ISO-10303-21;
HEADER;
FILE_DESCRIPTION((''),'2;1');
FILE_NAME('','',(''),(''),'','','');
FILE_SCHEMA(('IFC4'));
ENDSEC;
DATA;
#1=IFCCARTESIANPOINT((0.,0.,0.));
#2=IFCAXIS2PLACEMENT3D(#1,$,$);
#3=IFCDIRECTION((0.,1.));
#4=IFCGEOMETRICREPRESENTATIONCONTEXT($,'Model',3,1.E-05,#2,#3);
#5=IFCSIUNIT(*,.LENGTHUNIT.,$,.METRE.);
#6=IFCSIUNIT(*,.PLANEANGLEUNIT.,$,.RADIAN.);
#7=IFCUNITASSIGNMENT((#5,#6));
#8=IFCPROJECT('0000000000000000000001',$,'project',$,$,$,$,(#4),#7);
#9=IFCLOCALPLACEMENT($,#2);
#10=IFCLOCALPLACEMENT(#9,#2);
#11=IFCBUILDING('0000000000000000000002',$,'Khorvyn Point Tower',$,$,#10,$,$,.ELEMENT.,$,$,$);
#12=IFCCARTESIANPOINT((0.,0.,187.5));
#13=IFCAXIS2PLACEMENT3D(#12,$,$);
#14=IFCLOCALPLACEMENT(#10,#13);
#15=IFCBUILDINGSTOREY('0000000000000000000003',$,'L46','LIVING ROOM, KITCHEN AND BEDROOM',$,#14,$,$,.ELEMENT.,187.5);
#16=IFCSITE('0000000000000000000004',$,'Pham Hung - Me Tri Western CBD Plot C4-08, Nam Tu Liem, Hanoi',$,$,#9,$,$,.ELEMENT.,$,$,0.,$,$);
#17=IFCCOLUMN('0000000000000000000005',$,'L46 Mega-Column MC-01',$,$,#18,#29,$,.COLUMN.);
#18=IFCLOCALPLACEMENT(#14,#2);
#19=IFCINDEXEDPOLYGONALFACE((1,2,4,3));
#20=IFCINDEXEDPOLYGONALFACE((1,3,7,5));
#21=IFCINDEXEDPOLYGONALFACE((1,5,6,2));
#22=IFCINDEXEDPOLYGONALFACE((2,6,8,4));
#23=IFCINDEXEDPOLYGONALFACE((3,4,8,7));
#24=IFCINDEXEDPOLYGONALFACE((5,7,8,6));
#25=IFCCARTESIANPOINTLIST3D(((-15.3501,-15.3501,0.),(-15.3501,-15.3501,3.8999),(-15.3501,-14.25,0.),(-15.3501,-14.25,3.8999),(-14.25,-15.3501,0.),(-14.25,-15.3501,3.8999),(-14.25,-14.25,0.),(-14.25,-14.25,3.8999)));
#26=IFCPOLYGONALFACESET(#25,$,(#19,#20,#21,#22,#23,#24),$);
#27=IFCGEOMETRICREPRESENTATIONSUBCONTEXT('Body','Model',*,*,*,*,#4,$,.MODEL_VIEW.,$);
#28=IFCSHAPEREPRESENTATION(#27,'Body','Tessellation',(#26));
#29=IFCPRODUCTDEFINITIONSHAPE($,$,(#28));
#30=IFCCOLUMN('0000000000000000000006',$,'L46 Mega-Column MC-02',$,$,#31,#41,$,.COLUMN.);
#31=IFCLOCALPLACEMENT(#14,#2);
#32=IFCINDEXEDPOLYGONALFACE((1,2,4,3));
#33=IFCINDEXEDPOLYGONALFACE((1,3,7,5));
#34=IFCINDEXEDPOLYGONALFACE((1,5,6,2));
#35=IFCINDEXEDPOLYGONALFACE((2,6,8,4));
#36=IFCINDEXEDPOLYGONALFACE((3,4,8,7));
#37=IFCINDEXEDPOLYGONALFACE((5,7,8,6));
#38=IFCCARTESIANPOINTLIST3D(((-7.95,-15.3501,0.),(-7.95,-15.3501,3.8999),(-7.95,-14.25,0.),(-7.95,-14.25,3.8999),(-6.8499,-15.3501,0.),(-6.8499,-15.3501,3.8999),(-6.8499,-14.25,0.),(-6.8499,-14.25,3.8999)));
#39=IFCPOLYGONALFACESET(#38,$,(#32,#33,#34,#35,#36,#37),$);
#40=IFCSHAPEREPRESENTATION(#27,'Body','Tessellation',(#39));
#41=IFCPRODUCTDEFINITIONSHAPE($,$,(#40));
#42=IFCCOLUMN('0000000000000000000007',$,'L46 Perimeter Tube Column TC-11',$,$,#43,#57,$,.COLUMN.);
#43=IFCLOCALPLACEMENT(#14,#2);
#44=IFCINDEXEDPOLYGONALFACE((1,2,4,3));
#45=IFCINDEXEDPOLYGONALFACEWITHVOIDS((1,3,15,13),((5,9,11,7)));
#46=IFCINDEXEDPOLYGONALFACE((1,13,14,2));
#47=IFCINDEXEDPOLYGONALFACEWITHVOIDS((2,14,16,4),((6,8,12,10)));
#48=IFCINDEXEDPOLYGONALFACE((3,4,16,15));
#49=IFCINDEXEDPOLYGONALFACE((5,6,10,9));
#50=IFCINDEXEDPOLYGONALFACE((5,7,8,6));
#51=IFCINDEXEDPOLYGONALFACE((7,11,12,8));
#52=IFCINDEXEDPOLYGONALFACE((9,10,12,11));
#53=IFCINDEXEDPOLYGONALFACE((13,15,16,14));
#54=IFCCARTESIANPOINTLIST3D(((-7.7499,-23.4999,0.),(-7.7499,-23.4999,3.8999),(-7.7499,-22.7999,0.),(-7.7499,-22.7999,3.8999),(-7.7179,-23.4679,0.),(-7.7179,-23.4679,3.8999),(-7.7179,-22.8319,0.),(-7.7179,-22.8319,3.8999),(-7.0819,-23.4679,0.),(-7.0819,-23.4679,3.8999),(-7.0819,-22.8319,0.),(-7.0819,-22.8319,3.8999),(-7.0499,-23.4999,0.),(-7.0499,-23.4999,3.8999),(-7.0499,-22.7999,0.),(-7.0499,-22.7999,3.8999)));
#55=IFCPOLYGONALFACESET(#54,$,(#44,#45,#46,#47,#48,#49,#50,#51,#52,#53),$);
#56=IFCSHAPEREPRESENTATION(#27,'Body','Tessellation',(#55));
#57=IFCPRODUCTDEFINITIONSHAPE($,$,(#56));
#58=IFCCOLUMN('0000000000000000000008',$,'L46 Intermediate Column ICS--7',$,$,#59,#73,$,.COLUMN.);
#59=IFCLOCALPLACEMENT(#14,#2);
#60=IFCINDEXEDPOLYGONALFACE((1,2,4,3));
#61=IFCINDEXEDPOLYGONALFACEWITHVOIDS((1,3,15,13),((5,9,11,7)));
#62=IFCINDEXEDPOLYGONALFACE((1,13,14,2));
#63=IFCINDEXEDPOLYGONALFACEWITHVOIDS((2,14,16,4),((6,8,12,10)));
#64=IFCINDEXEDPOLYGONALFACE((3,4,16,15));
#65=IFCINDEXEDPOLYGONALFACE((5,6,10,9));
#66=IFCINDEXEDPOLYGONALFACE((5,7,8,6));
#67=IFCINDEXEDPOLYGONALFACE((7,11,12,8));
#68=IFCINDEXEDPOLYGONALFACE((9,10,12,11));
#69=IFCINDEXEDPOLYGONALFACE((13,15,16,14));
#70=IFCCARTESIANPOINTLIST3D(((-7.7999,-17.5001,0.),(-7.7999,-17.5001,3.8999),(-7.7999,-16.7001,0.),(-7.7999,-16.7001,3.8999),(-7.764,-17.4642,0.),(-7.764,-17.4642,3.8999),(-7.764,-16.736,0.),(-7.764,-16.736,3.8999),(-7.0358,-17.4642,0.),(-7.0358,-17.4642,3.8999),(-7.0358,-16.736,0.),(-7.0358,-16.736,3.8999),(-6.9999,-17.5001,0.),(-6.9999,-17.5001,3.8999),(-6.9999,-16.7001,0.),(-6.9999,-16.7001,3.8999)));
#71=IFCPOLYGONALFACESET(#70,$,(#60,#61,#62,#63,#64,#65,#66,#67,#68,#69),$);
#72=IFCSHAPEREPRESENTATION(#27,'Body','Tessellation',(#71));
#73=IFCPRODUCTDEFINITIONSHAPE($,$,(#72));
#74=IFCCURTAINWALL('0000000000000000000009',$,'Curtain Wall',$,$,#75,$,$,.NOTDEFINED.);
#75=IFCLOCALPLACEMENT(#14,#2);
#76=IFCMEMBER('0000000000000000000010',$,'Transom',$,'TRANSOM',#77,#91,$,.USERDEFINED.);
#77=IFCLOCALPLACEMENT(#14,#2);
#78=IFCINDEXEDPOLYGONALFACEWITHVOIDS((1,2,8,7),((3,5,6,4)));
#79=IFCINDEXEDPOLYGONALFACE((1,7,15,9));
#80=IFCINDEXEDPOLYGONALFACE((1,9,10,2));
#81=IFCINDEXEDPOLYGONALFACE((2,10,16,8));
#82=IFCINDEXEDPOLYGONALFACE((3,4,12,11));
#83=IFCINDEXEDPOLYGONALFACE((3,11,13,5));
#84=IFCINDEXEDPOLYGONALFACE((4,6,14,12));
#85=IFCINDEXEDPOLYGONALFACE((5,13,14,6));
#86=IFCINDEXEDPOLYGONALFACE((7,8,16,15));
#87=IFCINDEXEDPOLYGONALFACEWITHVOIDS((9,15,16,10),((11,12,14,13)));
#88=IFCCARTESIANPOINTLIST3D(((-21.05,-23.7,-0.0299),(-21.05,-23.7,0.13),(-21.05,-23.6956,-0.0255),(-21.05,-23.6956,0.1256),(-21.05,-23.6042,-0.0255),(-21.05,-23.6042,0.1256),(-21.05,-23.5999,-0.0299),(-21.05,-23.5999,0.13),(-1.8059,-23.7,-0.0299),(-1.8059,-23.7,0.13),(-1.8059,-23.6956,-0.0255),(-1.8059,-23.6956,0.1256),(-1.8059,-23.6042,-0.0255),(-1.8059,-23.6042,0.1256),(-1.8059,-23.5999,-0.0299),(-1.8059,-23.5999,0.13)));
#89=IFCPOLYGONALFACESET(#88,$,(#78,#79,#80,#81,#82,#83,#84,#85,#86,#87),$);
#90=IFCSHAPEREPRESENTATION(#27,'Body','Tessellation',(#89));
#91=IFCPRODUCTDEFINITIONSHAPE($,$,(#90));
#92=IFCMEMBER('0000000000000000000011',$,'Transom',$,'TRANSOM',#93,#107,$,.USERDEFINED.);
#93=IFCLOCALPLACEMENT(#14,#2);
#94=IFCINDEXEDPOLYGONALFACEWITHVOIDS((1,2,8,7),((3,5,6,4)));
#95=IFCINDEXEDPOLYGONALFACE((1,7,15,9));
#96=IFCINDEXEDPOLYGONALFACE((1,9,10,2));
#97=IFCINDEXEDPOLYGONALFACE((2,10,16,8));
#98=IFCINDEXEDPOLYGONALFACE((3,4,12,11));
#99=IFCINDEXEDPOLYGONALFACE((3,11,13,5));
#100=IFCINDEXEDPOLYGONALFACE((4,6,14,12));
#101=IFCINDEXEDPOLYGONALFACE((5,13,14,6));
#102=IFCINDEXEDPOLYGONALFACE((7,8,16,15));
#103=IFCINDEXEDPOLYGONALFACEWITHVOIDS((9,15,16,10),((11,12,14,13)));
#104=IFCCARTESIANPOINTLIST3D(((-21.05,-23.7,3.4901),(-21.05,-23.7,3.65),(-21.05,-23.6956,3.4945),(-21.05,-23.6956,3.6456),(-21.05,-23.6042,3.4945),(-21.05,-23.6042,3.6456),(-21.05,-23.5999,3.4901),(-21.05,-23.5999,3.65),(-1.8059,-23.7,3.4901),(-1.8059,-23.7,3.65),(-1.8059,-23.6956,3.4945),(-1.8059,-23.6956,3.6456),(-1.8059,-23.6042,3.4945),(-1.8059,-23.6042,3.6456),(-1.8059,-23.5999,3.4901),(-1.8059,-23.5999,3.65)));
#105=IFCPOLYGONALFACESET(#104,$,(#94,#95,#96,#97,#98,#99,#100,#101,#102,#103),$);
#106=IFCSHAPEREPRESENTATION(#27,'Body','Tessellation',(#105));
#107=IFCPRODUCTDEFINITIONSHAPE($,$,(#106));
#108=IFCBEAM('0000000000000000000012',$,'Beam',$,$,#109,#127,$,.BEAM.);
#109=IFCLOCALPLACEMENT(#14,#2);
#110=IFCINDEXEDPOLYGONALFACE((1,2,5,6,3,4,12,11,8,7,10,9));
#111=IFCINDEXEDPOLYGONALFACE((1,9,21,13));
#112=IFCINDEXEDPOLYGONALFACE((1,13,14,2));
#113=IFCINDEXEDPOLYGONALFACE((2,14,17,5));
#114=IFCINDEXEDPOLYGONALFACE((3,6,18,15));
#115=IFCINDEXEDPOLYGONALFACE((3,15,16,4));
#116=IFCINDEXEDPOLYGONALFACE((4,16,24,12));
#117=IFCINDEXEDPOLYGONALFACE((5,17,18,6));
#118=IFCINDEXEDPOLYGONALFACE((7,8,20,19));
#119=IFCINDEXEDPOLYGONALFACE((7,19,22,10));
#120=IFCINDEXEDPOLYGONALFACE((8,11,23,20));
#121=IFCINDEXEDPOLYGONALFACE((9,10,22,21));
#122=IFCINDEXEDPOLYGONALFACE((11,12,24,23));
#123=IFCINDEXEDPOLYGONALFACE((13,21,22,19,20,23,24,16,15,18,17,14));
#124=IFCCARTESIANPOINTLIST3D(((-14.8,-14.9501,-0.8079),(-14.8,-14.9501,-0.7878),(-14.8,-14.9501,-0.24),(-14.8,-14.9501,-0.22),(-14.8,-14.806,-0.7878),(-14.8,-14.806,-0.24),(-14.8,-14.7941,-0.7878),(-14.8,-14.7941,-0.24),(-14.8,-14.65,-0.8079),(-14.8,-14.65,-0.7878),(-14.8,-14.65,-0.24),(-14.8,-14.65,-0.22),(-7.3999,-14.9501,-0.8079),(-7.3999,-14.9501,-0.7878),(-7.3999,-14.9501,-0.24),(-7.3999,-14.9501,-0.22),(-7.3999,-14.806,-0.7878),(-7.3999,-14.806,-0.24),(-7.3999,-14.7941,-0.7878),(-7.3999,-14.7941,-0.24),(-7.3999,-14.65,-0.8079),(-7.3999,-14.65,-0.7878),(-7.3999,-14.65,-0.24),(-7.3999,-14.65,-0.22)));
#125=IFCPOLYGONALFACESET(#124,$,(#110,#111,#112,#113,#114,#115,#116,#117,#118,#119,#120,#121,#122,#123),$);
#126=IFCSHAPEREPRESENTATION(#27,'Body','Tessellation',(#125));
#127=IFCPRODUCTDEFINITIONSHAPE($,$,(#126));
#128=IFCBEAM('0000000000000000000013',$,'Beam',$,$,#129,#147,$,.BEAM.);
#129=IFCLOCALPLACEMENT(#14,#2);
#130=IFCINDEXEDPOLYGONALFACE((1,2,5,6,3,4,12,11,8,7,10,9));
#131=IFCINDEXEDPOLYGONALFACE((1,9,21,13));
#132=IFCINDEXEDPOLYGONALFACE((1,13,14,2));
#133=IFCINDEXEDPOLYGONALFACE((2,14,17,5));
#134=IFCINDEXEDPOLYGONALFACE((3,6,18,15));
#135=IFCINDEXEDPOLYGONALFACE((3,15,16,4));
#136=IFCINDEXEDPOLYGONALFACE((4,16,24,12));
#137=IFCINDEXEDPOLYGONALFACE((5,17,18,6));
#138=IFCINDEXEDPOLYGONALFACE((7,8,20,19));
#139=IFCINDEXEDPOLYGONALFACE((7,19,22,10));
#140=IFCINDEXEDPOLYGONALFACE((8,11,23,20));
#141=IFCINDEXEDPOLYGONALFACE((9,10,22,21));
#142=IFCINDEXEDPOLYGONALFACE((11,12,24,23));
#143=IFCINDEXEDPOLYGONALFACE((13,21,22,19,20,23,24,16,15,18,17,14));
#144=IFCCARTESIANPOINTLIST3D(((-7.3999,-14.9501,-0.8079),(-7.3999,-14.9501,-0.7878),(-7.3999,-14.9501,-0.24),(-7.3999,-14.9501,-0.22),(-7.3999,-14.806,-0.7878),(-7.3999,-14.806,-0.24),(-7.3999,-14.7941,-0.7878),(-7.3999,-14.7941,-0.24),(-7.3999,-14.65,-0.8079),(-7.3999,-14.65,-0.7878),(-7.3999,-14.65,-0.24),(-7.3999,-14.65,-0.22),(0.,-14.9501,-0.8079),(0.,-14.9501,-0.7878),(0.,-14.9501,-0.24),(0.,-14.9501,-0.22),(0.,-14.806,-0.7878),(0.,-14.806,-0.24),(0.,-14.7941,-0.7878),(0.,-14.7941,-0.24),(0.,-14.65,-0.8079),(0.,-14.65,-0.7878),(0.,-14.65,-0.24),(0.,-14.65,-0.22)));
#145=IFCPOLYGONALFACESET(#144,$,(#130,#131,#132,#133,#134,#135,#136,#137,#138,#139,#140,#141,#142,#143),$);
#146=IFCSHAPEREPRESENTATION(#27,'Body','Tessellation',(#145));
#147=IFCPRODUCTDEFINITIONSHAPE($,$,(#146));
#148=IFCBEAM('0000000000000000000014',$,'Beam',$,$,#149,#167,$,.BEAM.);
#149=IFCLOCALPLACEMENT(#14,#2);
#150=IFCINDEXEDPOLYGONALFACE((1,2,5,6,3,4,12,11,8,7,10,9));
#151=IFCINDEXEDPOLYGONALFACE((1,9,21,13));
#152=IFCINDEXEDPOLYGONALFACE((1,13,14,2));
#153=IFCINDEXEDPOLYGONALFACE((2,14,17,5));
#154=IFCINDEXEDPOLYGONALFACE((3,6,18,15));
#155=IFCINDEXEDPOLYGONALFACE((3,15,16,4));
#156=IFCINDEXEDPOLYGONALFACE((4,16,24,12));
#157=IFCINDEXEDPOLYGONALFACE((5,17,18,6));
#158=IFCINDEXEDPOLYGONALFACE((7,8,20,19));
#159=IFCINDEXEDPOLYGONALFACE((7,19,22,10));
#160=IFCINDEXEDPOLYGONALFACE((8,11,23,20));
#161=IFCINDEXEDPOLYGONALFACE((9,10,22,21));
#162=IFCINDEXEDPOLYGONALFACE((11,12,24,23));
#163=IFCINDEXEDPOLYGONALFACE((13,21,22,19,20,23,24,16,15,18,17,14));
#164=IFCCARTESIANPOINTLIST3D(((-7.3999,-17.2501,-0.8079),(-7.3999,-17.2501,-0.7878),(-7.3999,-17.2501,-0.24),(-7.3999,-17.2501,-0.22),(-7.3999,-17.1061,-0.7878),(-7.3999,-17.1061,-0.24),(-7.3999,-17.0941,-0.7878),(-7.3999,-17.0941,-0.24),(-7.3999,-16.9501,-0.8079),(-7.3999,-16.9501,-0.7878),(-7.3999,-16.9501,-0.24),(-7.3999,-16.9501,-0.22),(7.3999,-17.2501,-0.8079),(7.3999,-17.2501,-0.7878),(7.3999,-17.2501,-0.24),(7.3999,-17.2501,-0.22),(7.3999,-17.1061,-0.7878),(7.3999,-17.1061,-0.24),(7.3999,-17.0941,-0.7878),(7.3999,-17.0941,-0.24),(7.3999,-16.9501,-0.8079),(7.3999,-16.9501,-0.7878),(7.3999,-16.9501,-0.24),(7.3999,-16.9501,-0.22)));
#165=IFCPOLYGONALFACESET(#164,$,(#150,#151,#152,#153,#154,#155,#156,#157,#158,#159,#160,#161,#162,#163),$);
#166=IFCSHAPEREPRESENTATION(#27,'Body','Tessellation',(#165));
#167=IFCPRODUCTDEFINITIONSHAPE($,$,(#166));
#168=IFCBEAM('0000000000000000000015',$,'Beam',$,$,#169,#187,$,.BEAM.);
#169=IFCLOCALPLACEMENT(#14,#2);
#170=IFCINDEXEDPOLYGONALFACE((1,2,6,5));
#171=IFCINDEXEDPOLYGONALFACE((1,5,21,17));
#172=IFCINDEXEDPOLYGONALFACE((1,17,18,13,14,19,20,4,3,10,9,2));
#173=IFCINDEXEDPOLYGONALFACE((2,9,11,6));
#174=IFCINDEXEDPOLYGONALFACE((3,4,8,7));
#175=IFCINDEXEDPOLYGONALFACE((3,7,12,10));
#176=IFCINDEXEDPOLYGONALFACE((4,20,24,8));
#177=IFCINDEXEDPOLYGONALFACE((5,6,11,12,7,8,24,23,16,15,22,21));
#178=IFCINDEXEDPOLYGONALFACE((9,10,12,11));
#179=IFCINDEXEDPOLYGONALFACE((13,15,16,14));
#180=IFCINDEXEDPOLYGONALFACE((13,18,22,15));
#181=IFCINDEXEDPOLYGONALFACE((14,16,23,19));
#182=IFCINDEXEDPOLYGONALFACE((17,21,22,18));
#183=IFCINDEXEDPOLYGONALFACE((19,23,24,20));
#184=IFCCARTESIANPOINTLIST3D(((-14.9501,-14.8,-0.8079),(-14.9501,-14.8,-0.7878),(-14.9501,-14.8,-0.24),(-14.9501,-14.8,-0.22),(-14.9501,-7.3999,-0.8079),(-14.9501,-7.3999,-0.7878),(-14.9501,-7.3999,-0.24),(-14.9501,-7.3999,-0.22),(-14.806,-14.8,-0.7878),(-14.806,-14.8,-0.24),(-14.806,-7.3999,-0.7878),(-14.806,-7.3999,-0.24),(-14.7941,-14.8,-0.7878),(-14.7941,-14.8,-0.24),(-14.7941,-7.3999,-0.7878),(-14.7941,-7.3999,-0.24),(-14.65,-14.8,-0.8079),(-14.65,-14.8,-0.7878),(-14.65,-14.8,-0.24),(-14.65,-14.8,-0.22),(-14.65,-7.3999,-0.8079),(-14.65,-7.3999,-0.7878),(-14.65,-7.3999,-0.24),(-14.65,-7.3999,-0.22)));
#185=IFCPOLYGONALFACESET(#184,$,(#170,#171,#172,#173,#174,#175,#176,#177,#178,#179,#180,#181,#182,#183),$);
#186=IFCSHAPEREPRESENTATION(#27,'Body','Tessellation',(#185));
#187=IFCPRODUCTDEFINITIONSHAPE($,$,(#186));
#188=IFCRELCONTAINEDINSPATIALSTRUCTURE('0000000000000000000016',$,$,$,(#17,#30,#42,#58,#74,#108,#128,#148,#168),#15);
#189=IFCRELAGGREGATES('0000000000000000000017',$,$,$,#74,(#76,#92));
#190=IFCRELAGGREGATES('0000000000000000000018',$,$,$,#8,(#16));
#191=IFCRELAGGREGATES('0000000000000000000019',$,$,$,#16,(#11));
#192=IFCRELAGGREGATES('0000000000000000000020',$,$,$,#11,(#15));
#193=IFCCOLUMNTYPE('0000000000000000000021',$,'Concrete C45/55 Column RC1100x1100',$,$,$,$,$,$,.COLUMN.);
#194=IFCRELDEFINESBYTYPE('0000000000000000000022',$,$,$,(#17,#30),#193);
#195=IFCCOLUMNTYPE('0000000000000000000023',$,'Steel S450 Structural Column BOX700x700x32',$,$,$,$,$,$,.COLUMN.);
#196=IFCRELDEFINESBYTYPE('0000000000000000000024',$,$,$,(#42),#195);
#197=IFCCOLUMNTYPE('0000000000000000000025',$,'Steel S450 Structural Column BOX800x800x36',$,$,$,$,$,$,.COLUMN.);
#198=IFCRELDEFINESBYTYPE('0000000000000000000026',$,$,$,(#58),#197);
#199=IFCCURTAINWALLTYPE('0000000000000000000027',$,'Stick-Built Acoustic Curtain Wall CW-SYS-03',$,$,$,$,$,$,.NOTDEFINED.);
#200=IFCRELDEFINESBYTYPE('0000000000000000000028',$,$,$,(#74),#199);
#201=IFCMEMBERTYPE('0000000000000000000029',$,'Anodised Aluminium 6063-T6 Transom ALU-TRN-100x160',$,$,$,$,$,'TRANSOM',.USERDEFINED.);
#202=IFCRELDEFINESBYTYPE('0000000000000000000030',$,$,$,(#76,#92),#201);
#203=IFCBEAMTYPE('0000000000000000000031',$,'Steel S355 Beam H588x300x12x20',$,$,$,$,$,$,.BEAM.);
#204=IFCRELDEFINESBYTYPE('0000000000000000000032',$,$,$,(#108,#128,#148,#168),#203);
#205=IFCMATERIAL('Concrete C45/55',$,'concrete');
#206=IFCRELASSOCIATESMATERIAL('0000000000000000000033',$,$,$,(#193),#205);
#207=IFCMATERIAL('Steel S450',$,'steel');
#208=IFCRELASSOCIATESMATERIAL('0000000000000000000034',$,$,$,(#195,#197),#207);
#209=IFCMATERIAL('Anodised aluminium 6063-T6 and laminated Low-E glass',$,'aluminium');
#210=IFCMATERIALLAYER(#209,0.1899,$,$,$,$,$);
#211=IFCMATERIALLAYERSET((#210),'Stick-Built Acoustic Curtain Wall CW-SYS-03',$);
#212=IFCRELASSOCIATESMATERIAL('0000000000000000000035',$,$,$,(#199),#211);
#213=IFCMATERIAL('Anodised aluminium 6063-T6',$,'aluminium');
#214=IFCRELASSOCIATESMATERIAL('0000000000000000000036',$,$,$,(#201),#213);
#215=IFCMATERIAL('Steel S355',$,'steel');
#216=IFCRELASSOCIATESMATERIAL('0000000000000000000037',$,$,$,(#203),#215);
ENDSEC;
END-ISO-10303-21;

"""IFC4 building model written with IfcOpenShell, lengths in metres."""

from ifc_helpers import new_model, si_unit, direction, frame, origin, origin_2d, place, context, subcontext, project, spatial, rectangle, hollow_rectangle, i_section, extrude, material, layer, layer_set, material_profile, profile_set, type_object, element, aggregate, save


model = new_model("IFC4")

# Units and contexts
model_context = context("Model", 3, precision=1e-05, world=origin(), true_north=direction((0.0, 1.0)))
body_context = subcontext(model_context, "Body", "Model", "MODEL_VIEW")
ifc_project = project(units=[si_unit("LENGTHUNIT", "METRE"), si_unit("PLANEANGLEUNIT", "RADIAN")], contexts=[model_context])

# Site, building, storey
site_placement = place(None, origin())
site = spatial("IfcSite", under=ifc_project, at=site_placement, Name="Pham Hung - Me Tri Western CBD Plot C4-08, Nam Tu Liem, Hanoi", CompositionType="ELEMENT", RefElevation=0.0)
building_placement = place(site_placement, origin())
building = spatial("IfcBuilding", under=site, at=building_placement, Name="Khorvyn Point Tower", CompositionType="ELEMENT")
storey_placement = place(building_placement, frame((0.0, 0.0, 187.5)))
storey = spatial("IfcBuildingStorey", under=building, at=storey_placement, Name="L46", Description="LIVING ROOM, KITCHEN AND BEDROOM", CompositionType="ELEMENT", Elevation=187.5)

# Columns
ifc_material_1 = material(Name="Concrete C45/55", Category="concrete")
ifc_material_profile_1 = material_profile(ifc_material_1, rectangle(XDim=1.1001, YDim=1.1001, at=origin_2d()))
ifc_profile_set_1 = profile_set([ifc_material_profile_1], Name="Concrete C45/55 RC1100x1100")
column_type_1 = type_object("IfcColumnType", Name="Concrete C45/55 Column RC1100x1100", PredefinedType="COLUMN", material=ifc_profile_set_1)
for number, where, z_axis, x_axis, name in (
    (1, (-14.8, -14.8, 0.0), (0.0, 0.0, 1.0), (1.0, 0.0, 0.0), "L46 Mega-Column MC-01"),
    (2, (-7.3999, -14.8, 0.0), (0.0, 0.0, 1.0), (1.0, 0.0, 0.0), "L46 Mega-Column MC-02"),
):
    element("IfcColumn", number, at=place(storey_placement, frame(where, z_axis=z_axis, x_axis=x_axis)), inside=storey, type_object=column_type_1, Name=name, PredefinedType="COLUMN", context=body_context, shape_type="SweptSolid", body=[
        extrude(rectangle(XDim=1.1001, YDim=1.1001, at=origin_2d()), origin(), (0.0, 0.0, 1.0), 3.8999),
    ])
ifc_material_2 = material(Name="Steel S450", Category="steel")
ifc_material_profile_2 = material_profile(ifc_material_2, hollow_rectangle(XDim=0.7, YDim=0.7, WallThickness=0.032, at=origin_2d()))
ifc_profile_set_2 = profile_set([ifc_material_profile_2], Name="Steel S450 BOX700x700x32")
column_type_2 = type_object("IfcColumnType", Name="Steel S450 Structural Column BOX700x700x32", PredefinedType="COLUMN", material=ifc_profile_set_2)
column_1_placement = place(storey_placement, frame((-7.3999, -23.1499, 0.0), z_axis=(0.0, 0.0, 1.0), x_axis=(1.0, 0.0, 0.0)))
element("IfcColumn", 3, at=column_1_placement, inside=storey, type_object=column_type_2, Name="L46 Perimeter Tube Column TC-11", PredefinedType="COLUMN", context=body_context, shape_type="SweptSolid", body=[
    extrude(hollow_rectangle(XDim=0.7, YDim=0.7, WallThickness=0.032, at=origin_2d()), origin(), (0.0, 0.0, 1.0), 3.8999),
])
ifc_material_profile_3 = material_profile(ifc_material_2, hollow_rectangle(XDim=0.8, YDim=0.8, WallThickness=0.0359, at=origin_2d()))
ifc_profile_set_3 = profile_set([ifc_material_profile_3], Name="Steel S450 BOX800x800x36")
column_type_3 = type_object("IfcColumnType", Name="Steel S450 Structural Column BOX800x800x36", PredefinedType="COLUMN", material=ifc_profile_set_3)
column_2_placement = place(storey_placement, frame((-7.3999, -17.1001, 0.0), z_axis=(0.0, 0.0, 1.0), x_axis=(1.0, 0.0, 0.0)))
element("IfcColumn", 4, at=column_2_placement, inside=storey, type_object=column_type_3, Name="L46 Intermediate Column ICS--7", PredefinedType="COLUMN", context=body_context, shape_type="SweptSolid", body=[
    extrude(hollow_rectangle(XDim=0.8, YDim=0.8, WallThickness=0.0359, at=origin_2d()), origin(), (0.0, 0.0, 1.0), 3.8999),
])

# Curtain wall, members
ifc_material_3 = material(Name="Anodised aluminium 6063-T6 and laminated Low-E glass", Category="aluminium")
ifc_layer_1 = layer(ifc_material_3, 0.1899)
ifc_layer_set_1 = layer_set([ifc_layer_1], Name="Stick-Built Acoustic Curtain Wall CW-SYS-03")
curtain_wall_type = type_object("IfcCurtainWallType", Name="Stick-Built Acoustic Curtain Wall CW-SYS-03", PredefinedType="NOTDEFINED", material=ifc_layer_set_1)
curtain_wall_placement = place(storey_placement, origin())
curtain_wall = element("IfcCurtainWall", 5, at=curtain_wall_placement, inside=storey, type_object=curtain_wall_type, Name="Curtain Wall", PredefinedType="NOTDEFINED")
ifc_material_4 = material(Name="Anodised aluminium 6063-T6", Category="aluminium")
ifc_material_profile_4 = material_profile(ifc_material_4, hollow_rectangle(XDim=0.1001, YDim=0.1599, WallThickness=0.0044, at=origin_2d()))
ifc_profile_set_4 = profile_set([ifc_material_profile_4], Name="Anodised aluminium 6063-T6 ALU-TRN-100x160")
member_type = type_object("IfcMemberType", Name="Anodised Aluminium 6063-T6 Transom ALU-TRN-100x160", ElementType="TRANSOM", PredefinedType="USERDEFINED", material=ifc_profile_set_4)
member_1_placement = place(storey_placement, frame((-1.8059, -23.6499, 0.05), z_axis=(-1.0, 0.0, 0.0), x_axis=(0.0, -1.0, 0.0)))
member_1 = element("IfcMember", 6, at=member_1_placement, type_object=member_type, Name="Transom", ObjectType="TRANSOM", PredefinedType="USERDEFINED", context=body_context, shape_type="SweptSolid", body=[
    extrude(hollow_rectangle(XDim=0.1001, YDim=0.1599, WallThickness=0.0044, at=origin_2d()), origin(), (0.0, 0.0, 1.0), 19.2441),
])
member_2_placement = place(storey_placement, frame((-1.8059, -23.6499, 3.5701), z_axis=(-1.0, 0.0, 0.0), x_axis=(0.0, -1.0, 0.0)))
member_2 = element("IfcMember", 7, at=member_2_placement, type_object=member_type, Name="Transom", ObjectType="TRANSOM", PredefinedType="USERDEFINED", context=body_context, shape_type="SweptSolid", body=[
    extrude(hollow_rectangle(XDim=0.1001, YDim=0.1599, WallThickness=0.0044, at=origin_2d()), origin(), (0.0, 0.0, 1.0), 19.2441),
])

# Beams
ifc_material_5 = material(Name="Steel S355", Category="steel")
ifc_material_profile_5 = material_profile(ifc_material_5, i_section(OverallWidth=0.3, OverallDepth=0.5879, WebThickness=0.012, FlangeThickness=0.02, at=origin_2d()))
ifc_profile_set_5 = profile_set([ifc_material_profile_5], Name="Steel S355 H588x300x12x20")
beam_type_1 = type_object("IfcBeamType", Name="Steel S355 Beam H588x300x12x20", PredefinedType="BEAM", material=ifc_profile_set_5)
beam_1_placement = place(storey_placement, frame((-14.8, -14.8, -0.5139), z_axis=(1.0, 0.0, 0.0), x_axis=(0.0, 1.0, 0.0)))
element("IfcBeam", 8, at=beam_1_placement, inside=storey, type_object=beam_type_1, Name="Beam", PredefinedType="BEAM", context=body_context, shape_type="SweptSolid", body=[
    extrude(i_section(OverallWidth=0.3, OverallDepth=0.5879, WebThickness=0.012, FlangeThickness=0.02, at=origin_2d()), origin(), (0.0, 0.0, 1.0), 7.4001),
])
beam_2_placement = place(storey_placement, frame((-7.3999, -14.8, -0.5139), z_axis=(1.0, 0.0, 0.0), x_axis=(0.0, 1.0, 0.0)))
element("IfcBeam", 9, at=beam_2_placement, inside=storey, type_object=beam_type_1, Name="Beam", PredefinedType="BEAM", context=body_context, shape_type="SweptSolid", body=[
    extrude(i_section(OverallWidth=0.3, OverallDepth=0.5879, WebThickness=0.012, FlangeThickness=0.02, at=origin_2d()), origin(), (0.0, 0.0, 1.0), 7.3999),
])
beam_3_placement = place(storey_placement, frame((-7.3999, -17.1001, -0.5139), z_axis=(1.0, 0.0, 0.0), x_axis=(0.0, 1.0, 0.0)))
element("IfcBeam", 10, at=beam_3_placement, inside=storey, type_object=beam_type_1, Name="Beam", PredefinedType="BEAM", context=body_context, shape_type="SweptSolid", body=[
    extrude(i_section(OverallWidth=0.3, OverallDepth=0.5879, WebThickness=0.012, FlangeThickness=0.02, at=origin_2d()), origin(), (0.0, 0.0, 1.0), 14.7998),
])
beam_4_placement = place(storey_placement, frame((-14.8, -14.8, -0.5139), z_axis=(0.0, 1.0, 0.0), x_axis=(-1.0, 0.0, 0.0)))
element("IfcBeam", 11, at=beam_4_placement, inside=storey, type_object=beam_type_1, Name="Beam", PredefinedType="BEAM", context=body_context, shape_type="SweptSolid", body=[
    extrude(i_section(OverallWidth=0.3, OverallDepth=0.5879, WebThickness=0.012, FlangeThickness=0.02, at=origin_2d()), origin(), (0.0, 0.0, 1.0), 7.4001),
])

aggregate(curtain_wall, [member_1, member_2])

save(model, "model.ifc")
